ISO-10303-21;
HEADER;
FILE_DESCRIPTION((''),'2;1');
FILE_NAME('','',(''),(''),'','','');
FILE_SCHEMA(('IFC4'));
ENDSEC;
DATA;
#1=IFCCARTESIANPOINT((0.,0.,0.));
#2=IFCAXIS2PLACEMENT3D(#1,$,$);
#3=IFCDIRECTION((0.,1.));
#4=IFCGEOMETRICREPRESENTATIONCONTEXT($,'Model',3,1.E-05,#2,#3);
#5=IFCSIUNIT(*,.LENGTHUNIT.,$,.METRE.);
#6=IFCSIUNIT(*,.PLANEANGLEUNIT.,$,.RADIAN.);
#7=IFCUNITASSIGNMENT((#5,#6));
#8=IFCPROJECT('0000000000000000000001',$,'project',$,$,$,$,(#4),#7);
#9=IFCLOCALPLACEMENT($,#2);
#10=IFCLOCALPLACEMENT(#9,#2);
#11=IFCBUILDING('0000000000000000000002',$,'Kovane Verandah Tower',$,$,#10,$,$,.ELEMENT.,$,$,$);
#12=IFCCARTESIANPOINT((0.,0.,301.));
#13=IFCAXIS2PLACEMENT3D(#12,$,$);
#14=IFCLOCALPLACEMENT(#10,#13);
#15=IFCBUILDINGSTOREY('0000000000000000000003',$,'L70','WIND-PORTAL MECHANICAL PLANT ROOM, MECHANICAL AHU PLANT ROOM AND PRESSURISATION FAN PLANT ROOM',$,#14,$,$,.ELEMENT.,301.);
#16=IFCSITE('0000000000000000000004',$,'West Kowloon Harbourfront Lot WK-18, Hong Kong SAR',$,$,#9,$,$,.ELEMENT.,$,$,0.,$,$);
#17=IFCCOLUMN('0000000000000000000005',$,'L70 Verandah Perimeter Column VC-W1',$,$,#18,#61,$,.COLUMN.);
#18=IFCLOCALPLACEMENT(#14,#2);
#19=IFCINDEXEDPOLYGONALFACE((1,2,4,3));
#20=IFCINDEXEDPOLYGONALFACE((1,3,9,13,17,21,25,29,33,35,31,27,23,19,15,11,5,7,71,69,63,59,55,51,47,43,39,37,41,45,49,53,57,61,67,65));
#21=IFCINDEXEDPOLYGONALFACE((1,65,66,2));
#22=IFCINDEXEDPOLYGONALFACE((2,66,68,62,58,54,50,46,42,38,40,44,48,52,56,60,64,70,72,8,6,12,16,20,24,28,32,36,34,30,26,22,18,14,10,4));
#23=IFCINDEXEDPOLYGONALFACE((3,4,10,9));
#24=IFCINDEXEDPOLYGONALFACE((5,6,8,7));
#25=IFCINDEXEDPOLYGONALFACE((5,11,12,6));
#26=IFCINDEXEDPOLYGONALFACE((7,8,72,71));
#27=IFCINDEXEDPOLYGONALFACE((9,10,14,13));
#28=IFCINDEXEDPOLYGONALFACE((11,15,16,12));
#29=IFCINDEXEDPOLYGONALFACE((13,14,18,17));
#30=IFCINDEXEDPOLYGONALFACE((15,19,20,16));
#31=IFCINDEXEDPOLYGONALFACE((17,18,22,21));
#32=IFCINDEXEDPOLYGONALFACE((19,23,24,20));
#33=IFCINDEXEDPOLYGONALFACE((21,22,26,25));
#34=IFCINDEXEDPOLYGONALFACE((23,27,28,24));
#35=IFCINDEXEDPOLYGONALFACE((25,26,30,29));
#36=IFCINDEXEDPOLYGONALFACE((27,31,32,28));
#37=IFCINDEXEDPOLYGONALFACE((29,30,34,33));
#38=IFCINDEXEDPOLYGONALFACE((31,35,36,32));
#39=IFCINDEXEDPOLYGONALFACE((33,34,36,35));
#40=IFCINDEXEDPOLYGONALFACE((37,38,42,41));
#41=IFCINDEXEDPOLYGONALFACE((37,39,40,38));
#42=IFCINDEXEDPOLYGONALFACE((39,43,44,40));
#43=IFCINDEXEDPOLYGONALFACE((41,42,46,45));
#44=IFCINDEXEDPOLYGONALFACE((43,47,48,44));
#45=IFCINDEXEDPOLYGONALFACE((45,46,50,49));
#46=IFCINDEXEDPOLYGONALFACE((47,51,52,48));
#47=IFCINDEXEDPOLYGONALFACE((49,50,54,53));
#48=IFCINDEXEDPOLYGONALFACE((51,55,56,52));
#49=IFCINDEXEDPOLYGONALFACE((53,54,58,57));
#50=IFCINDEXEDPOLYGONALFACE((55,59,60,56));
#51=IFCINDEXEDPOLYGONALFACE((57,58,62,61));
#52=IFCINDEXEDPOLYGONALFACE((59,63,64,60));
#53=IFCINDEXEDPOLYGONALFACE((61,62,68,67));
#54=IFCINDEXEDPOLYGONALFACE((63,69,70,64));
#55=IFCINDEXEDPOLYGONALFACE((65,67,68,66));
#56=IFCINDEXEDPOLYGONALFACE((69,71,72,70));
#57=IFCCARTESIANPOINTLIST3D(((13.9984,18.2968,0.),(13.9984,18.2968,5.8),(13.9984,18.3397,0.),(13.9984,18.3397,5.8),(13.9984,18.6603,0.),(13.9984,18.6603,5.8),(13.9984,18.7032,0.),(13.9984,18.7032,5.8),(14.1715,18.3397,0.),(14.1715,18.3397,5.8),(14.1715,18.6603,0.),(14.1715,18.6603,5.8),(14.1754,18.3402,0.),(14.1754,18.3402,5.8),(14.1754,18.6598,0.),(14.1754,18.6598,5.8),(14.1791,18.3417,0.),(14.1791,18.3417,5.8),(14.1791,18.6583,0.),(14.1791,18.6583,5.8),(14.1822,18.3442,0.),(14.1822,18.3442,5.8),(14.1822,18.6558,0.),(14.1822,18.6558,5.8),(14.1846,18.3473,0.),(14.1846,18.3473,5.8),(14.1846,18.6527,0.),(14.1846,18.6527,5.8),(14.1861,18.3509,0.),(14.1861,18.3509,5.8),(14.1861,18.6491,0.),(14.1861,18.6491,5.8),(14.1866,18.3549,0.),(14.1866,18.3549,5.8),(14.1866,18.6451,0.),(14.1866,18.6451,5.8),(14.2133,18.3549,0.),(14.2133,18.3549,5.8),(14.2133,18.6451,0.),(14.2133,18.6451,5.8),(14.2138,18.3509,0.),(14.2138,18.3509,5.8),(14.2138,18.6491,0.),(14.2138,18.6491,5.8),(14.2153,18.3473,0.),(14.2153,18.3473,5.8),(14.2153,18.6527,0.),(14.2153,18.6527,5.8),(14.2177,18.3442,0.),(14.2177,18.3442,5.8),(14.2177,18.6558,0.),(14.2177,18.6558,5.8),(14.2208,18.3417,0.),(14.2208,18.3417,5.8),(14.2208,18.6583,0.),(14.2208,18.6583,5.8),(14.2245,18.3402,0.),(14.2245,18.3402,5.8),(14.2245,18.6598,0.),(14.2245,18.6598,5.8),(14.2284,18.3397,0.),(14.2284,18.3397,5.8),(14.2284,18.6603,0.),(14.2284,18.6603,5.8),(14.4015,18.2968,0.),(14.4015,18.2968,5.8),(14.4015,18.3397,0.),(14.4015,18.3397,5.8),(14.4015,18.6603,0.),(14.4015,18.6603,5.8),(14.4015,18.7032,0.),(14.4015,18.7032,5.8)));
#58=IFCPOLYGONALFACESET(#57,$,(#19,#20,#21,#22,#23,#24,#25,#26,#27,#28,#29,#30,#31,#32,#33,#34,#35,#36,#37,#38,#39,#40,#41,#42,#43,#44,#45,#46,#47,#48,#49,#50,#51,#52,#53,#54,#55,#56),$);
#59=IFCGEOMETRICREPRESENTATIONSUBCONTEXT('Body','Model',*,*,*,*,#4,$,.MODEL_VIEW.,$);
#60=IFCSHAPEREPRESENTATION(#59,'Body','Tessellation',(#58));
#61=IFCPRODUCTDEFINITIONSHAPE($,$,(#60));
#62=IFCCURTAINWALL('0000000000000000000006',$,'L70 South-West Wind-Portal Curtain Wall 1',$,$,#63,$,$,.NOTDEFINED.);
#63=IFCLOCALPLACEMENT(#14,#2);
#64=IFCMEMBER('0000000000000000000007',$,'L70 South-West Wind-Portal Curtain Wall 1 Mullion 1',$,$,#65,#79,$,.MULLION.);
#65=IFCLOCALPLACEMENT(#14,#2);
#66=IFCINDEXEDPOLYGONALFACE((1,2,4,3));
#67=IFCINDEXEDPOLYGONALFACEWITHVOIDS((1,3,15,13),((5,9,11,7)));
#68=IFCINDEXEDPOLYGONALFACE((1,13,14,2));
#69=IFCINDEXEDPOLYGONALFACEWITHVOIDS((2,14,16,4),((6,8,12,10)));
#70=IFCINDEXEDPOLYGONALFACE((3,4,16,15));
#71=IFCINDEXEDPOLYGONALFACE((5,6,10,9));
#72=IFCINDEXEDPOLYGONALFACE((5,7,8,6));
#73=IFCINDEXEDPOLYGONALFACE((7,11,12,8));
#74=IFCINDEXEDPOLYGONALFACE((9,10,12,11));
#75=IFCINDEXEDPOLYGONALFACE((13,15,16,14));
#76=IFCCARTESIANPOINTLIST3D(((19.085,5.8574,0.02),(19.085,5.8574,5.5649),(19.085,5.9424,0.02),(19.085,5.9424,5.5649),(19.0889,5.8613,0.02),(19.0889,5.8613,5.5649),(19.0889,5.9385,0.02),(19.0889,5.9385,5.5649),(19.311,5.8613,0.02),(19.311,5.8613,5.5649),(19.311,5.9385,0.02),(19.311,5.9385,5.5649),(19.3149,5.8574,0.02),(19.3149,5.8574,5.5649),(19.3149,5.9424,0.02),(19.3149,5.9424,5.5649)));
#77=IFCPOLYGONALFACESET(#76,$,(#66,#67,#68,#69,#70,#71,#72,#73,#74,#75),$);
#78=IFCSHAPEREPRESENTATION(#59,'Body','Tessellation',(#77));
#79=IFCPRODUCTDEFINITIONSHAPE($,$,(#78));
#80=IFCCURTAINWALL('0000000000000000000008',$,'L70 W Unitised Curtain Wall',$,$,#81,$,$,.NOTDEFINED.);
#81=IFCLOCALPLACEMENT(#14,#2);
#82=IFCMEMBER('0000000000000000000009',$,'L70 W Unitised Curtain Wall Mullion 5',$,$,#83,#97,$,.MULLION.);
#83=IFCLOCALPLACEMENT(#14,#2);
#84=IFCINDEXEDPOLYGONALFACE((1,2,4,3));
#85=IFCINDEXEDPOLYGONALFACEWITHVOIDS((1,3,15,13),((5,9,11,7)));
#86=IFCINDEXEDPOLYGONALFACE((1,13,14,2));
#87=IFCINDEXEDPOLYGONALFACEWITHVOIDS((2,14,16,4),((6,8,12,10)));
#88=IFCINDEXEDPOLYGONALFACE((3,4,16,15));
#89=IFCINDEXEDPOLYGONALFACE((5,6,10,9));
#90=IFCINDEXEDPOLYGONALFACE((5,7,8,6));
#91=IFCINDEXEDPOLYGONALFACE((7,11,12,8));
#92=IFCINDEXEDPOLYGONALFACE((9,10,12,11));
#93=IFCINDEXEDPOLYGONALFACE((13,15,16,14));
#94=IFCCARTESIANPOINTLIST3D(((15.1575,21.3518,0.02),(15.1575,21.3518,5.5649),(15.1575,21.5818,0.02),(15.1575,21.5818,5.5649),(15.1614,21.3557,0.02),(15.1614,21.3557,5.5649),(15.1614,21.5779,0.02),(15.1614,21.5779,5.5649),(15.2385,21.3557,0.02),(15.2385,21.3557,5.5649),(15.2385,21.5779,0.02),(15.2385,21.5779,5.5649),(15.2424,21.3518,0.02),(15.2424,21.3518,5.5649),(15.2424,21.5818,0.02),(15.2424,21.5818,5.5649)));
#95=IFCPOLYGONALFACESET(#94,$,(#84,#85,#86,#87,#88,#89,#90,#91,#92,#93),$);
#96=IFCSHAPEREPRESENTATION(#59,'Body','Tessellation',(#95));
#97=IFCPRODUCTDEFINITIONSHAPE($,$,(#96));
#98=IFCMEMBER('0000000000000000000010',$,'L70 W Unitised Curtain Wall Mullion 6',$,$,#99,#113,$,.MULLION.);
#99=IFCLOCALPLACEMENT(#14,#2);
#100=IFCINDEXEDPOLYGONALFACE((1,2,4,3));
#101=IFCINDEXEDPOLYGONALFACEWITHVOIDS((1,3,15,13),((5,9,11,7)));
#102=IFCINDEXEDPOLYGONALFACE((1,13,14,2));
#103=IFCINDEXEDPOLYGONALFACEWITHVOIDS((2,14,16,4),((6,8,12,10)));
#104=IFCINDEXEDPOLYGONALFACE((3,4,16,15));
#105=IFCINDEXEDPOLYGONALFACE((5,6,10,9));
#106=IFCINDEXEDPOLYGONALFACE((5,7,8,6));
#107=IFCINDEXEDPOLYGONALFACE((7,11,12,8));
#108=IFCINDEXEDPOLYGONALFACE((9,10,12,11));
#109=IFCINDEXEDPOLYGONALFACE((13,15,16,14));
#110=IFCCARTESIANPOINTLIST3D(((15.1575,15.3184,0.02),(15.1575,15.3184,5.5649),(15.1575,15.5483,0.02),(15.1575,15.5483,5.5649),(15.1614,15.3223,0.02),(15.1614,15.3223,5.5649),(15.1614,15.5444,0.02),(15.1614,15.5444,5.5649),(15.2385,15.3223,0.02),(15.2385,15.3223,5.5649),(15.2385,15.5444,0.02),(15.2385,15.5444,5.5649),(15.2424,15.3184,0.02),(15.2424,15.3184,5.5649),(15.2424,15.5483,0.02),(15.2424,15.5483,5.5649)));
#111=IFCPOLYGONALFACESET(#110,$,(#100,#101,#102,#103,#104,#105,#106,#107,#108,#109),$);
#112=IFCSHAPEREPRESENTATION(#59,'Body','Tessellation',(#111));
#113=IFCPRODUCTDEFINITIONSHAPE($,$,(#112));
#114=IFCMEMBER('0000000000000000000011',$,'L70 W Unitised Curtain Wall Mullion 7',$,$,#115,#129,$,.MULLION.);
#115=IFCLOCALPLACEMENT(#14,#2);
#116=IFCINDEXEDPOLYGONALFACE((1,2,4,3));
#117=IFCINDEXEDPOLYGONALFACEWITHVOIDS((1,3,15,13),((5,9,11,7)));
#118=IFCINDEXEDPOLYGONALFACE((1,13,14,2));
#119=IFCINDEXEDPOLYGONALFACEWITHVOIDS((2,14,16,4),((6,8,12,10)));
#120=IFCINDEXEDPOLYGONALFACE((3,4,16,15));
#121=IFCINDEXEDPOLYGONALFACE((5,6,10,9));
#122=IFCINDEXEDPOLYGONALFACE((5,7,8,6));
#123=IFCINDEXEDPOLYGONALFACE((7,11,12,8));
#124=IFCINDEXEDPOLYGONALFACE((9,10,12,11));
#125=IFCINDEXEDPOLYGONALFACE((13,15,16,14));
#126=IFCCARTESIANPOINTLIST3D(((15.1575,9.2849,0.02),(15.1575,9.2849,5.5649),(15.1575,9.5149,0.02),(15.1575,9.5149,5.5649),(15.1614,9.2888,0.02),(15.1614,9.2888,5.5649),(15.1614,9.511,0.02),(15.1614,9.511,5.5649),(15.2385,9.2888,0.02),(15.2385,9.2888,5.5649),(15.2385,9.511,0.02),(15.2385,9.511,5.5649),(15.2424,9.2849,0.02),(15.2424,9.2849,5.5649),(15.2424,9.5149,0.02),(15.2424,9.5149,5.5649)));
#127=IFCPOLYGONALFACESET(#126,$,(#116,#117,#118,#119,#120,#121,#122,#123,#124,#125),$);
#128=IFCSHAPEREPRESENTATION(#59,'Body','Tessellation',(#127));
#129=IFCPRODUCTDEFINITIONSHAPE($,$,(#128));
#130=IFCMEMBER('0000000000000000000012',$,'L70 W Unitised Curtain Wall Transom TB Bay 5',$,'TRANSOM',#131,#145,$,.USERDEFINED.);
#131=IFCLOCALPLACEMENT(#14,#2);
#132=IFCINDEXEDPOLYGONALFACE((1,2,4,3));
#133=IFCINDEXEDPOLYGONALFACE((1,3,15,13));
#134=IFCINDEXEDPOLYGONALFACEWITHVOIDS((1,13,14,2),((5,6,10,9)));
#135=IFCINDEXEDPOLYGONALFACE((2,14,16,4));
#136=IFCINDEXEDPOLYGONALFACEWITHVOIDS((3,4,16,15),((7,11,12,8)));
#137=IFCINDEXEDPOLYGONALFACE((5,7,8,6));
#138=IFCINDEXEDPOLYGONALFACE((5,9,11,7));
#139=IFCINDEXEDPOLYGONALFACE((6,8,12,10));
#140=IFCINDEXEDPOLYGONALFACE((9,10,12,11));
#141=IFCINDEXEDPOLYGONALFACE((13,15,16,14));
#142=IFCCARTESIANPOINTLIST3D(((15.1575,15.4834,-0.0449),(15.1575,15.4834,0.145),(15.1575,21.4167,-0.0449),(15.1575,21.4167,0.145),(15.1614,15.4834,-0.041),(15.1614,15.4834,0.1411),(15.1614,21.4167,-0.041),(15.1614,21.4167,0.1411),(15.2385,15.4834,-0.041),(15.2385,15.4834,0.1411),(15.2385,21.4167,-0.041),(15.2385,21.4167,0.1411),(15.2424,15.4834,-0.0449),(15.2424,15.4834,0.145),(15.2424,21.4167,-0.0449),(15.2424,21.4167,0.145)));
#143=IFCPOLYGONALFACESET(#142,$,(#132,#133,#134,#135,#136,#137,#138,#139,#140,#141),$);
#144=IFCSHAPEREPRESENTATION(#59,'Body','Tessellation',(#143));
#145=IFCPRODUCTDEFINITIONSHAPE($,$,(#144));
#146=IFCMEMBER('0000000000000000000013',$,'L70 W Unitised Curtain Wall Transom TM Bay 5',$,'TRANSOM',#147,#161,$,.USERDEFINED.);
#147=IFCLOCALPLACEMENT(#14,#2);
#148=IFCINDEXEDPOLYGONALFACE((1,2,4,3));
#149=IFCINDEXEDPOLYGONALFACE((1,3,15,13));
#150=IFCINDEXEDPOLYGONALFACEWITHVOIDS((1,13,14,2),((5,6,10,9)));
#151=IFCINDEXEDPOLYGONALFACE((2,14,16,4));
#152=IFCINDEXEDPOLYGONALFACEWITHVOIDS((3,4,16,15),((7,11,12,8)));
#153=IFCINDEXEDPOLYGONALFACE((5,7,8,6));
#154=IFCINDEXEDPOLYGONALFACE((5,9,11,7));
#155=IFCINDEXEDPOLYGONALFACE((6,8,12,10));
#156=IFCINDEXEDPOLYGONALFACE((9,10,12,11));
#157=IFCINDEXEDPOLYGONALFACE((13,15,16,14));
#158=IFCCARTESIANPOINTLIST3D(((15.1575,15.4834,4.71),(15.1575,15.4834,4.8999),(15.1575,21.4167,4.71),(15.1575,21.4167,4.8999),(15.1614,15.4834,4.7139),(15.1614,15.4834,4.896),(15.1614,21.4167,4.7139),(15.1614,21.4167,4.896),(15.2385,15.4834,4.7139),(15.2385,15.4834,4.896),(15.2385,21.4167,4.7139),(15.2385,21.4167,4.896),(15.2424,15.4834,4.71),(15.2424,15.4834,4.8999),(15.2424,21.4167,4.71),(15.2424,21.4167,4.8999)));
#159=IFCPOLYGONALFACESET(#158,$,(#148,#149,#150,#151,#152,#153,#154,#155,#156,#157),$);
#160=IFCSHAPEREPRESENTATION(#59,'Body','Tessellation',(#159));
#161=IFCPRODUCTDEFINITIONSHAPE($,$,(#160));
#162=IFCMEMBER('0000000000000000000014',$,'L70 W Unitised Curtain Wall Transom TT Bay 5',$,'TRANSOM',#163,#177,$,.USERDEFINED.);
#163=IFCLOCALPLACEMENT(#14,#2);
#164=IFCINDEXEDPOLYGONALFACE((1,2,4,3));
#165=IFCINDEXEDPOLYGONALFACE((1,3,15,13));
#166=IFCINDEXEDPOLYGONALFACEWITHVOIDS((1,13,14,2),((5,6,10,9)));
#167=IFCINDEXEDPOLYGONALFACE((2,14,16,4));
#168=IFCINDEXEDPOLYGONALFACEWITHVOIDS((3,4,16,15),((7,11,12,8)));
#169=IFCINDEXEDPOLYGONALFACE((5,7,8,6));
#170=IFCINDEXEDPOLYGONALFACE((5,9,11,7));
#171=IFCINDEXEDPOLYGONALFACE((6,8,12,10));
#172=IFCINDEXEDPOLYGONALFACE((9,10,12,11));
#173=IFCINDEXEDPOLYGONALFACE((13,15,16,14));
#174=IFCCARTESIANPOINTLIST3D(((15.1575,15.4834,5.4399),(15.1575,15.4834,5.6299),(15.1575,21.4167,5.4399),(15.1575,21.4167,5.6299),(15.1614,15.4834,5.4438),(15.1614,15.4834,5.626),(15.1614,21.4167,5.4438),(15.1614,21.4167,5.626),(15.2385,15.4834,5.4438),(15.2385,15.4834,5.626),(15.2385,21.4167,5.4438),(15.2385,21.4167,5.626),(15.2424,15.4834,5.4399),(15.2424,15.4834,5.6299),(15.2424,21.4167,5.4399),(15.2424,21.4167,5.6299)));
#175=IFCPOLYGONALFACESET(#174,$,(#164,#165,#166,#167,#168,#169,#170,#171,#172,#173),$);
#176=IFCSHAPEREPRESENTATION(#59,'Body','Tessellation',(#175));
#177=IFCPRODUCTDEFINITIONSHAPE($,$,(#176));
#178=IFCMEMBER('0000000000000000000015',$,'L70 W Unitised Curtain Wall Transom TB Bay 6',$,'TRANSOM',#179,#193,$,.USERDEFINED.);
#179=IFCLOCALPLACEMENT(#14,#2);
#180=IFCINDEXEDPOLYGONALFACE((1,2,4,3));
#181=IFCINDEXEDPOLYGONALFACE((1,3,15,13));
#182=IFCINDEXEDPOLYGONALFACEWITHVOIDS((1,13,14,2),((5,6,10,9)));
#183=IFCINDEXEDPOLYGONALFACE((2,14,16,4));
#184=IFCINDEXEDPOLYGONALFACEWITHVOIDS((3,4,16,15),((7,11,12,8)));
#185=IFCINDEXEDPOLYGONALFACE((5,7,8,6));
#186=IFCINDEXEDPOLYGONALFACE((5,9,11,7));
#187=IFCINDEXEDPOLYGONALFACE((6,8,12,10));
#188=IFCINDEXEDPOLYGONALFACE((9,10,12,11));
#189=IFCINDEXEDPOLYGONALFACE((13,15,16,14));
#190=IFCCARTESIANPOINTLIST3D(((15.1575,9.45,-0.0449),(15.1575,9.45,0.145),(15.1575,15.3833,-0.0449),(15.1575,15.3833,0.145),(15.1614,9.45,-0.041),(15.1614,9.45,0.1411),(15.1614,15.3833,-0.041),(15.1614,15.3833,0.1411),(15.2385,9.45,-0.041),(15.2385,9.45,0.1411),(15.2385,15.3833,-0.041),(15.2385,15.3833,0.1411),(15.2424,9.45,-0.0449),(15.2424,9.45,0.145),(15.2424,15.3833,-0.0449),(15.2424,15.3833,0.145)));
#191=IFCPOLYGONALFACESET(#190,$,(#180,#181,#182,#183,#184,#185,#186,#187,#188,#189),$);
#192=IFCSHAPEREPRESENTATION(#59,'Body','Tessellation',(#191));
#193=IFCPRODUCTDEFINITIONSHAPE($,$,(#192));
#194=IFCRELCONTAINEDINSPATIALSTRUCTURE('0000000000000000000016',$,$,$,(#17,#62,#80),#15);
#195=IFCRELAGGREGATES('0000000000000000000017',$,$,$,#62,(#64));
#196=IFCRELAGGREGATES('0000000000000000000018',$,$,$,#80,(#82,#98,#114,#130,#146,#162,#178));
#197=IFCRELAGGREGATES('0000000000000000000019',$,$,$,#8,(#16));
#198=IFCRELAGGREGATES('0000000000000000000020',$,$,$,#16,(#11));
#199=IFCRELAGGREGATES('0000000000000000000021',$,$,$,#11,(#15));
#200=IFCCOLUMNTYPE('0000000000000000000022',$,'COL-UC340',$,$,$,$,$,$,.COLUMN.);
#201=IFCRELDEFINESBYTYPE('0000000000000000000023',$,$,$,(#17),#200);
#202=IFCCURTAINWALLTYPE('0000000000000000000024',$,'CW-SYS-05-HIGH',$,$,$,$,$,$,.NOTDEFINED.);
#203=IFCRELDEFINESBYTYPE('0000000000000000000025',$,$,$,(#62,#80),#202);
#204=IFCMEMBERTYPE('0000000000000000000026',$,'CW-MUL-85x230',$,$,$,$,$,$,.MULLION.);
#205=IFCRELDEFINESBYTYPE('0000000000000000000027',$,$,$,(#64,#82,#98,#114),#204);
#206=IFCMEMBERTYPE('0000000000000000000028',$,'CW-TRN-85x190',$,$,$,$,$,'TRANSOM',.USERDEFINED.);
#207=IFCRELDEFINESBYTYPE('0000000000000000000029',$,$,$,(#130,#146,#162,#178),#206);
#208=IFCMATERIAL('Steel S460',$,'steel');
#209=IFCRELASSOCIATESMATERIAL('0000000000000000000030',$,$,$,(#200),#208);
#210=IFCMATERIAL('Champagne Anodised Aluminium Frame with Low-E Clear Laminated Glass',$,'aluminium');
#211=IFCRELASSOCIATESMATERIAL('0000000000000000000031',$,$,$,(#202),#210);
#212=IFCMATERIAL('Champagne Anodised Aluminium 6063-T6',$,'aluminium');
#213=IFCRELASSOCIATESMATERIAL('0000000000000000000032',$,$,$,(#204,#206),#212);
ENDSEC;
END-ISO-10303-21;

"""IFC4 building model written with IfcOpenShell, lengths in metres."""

from ifc_helpers import new_model, si_unit, direction, frame, origin, origin_2d, place, context, subcontext, project, spatial, hollow_rectangle, i_section, extrude, material, material_profile, profile_set, type_object, element, aggregate, save


model = new_model("IFC4")

# Units and contexts
model_context = context("Model", 3, precision=1e-05, world=origin(), true_north=direction((0.0, 1.0)))
body_context = subcontext(model_context, "Body", "Model", "MODEL_VIEW")
ifc_project = project(units=[si_unit("LENGTHUNIT", "METRE"), si_unit("PLANEANGLEUNIT", "RADIAN")], contexts=[model_context])

# Site, building, storey
site_placement = place(None, origin())
site = spatial("IfcSite", under=ifc_project, at=site_placement, Name="West Kowloon Harbourfront Lot WK-18, Hong Kong SAR", CompositionType="ELEMENT", RefElevation=0.0)
building_placement = place(site_placement, origin())
building = spatial("IfcBuilding", under=site, at=building_placement, Name="Kovane Verandah Tower", CompositionType="ELEMENT")
storey_placement = place(building_placement, frame((0.0, 0.0, 301.0)))
storey = spatial("IfcBuildingStorey", under=building, at=storey_placement, Name="L70", Description="WIND-PORTAL MECHANICAL PLANT ROOM, MECHANICAL AHU PLANT ROOM AND PRESSURISATION FAN PLANT ROOM", CompositionType="ELEMENT", Elevation=301.0)

# Column
ifc_material_1 = material(Name="Steel S460", Category="steel")
ifc_material_profile_1 = material_profile(ifc_material_1, i_section(OverallWidth=0.4031, OverallDepth=0.4065, WebThickness=0.0266, FlangeThickness=0.043, FilletRadius=0.0151, at=origin_2d()), Name="UC356x406x340")
ifc_profile_set_1 = profile_set([ifc_material_profile_1], Name="Steel S460")
column_type = type_object("IfcColumnType", Name="COL-UC340", PredefinedType="COLUMN", material=ifc_profile_set_1)
column_placement = place(storey_placement, frame((14.2, 18.5, 0.0), z_axis=(0.0, 0.0, 1.0), x_axis=(1.0, 0.0, 0.0)))
element("IfcColumn", 1, at=column_placement, inside=storey, type_object=column_type, Name="L70 Verandah Perimeter Column VC-W1", PredefinedType="COLUMN", context=body_context, shape_type="SweptSolid", body=[
    extrude(i_section(OverallWidth=0.4031, OverallDepth=0.4065, WebThickness=0.0266, FlangeThickness=0.043, FilletRadius=0.0151, at=origin_2d()), origin(), (0.0, 0.0, 1.0), 5.8),
])

# Curtain wall, member
ifc_material_2 = material(Name="Champagne Anodised Aluminium Frame with Low-E Clear Laminated Glass", Category="aluminium")
curtain_wall_type = type_object("IfcCurtainWallType", Name="CW-SYS-05-HIGH", PredefinedType="NOTDEFINED", material=ifc_material_2)
curtain_wall_1_placement = place(storey_placement, origin())
curtain_wall_1 = element("IfcCurtainWall", 2, at=curtain_wall_1_placement, inside=storey, type_object=curtain_wall_type, Name="L70 South-West Wind-Portal Curtain Wall 1", PredefinedType="NOTDEFINED")
ifc_material_3 = material(Name="Champagne Anodised Aluminium 6063-T6", Category="aluminium")
ifc_material_profile_2 = material_profile(ifc_material_3, hollow_rectangle(XDim=0.085, YDim=0.23, WallThickness=0.0039, at=origin_2d()), Name="AL85x230x4")
ifc_profile_set_2 = profile_set([ifc_material_profile_2], Name="Champagne Anodised Aluminium 6063-T6")
member_type_1 = type_object("IfcMemberType", Name="CW-MUL-85x230", PredefinedType="MULLION", material=ifc_profile_set_2)
member_1_placement = place(storey_placement, frame((19.2, 5.8999, 0.02), z_axis=(0.0, 0.0, 1.0), x_axis=(0.0, -1.0, 0.0)))
member_1 = element("IfcMember", 3, at=member_1_placement, type_object=member_type_1, Name="L70 South-West Wind-Portal Curtain Wall 1 Mullion 1", PredefinedType="MULLION", context=body_context, shape_type="SweptSolid", body=[
    extrude(hollow_rectangle(XDim=0.085, YDim=0.23, WallThickness=0.0039, at=origin_2d()), origin(), (0.0, 0.0, 1.0), 5.5449),
])
aggregate(curtain_wall_1, [member_1])

# Curtain wall, members
curtain_wall_2_placement = place(storey_placement, origin())
curtain_wall_2 = element("IfcCurtainWall", 4, at=curtain_wall_2_placement, inside=storey, type_object=curtain_wall_type, Name="L70 W Unitised Curtain Wall", PredefinedType="NOTDEFINED")
member_2_placement = place(storey_placement, frame((15.2, 21.4668, 0.02), z_axis=(0.0, 0.0, 1.0), x_axis=(-1.0, 0.0, 0.0)))
member_2 = element("IfcMember", 5, at=member_2_placement, type_object=member_type_1, Name="L70 W Unitised Curtain Wall Mullion 5", PredefinedType="MULLION", context=body_context, shape_type="SweptSolid", body=[
    extrude(hollow_rectangle(XDim=0.085, YDim=0.23, WallThickness=0.0039, at=origin_2d()), origin(), (0.0, 0.0, 1.0), 5.5449),
])
member_3_placement = place(storey_placement, frame((15.2, 15.4333, 0.02), z_axis=(0.0, 0.0, 1.0), x_axis=(-1.0, 0.0, 0.0)))
member_3 = element("IfcMember", 6, at=member_3_placement, type_object=member_type_1, Name="L70 W Unitised Curtain Wall Mullion 6", PredefinedType="MULLION", context=body_context, shape_type="SweptSolid", body=[
    extrude(hollow_rectangle(XDim=0.085, YDim=0.23, WallThickness=0.0039, at=origin_2d()), origin(), (0.0, 0.0, 1.0), 5.5449),
])
member_4_placement = place(storey_placement, frame((15.2, 9.3999, 0.02), z_axis=(0.0, 0.0, 1.0), x_axis=(-1.0, 0.0, 0.0)))
member_4 = element("IfcMember", 7, at=member_4_placement, type_object=member_type_1, Name="L70 W Unitised Curtain Wall Mullion 7", PredefinedType="MULLION", context=body_context, shape_type="SweptSolid", body=[
    extrude(hollow_rectangle(XDim=0.085, YDim=0.23, WallThickness=0.0039, at=origin_2d()), origin(), (0.0, 0.0, 1.0), 5.5449),
])
ifc_material_profile_3 = material_profile(ifc_material_3, hollow_rectangle(XDim=0.085, YDim=0.1899, WallThickness=0.0039, at=origin_2d()), Name="AL85x190x4")
ifc_profile_set_3 = profile_set([ifc_material_profile_3], Name="Champagne Anodised Aluminium 6063-T6")
member_type_2 = type_object("IfcMemberType", Name="CW-TRN-85x190", ElementType="TRANSOM", PredefinedType="USERDEFINED", material=ifc_profile_set_3)
member_5_placement = place(storey_placement, frame((15.2, 21.4167, 0.05), z_axis=(0.0, -1.0, 0.0), x_axis=(1.0, 0.0, 0.0)))
member_5 = element("IfcMember", 8, at=member_5_placement, type_object=member_type_2, Name="L70 W Unitised Curtain Wall Transom TB Bay 5", ObjectType="TRANSOM", PredefinedType="USERDEFINED", context=body_context, shape_type="SweptSolid", body=[
    extrude(hollow_rectangle(XDim=0.085, YDim=0.1899, WallThickness=0.0039, at=origin_2d()), origin(), (0.0, 0.0, 1.0), 5.9333),
])
member_6_placement = place(storey_placement, frame((15.2, 21.4167, 4.8049), z_axis=(0.0, -1.0, 0.0), x_axis=(1.0, 0.0, 0.0)))
member_6 = element("IfcMember", 9, at=member_6_placement, type_object=member_type_2, Name="L70 W Unitised Curtain Wall Transom TM Bay 5", ObjectType="TRANSOM", PredefinedType="USERDEFINED", context=body_context, shape_type="SweptSolid", body=[
    extrude(hollow_rectangle(XDim=0.085, YDim=0.1899, WallThickness=0.0039, at=origin_2d()), origin(), (0.0, 0.0, 1.0), 5.9333),
])
member_7_placement = place(storey_placement, frame((15.2, 21.4167, 5.5349), z_axis=(0.0, -1.0, 0.0), x_axis=(1.0, 0.0, 0.0)))
member_7 = element("IfcMember", 10, at=member_7_placement, type_object=member_type_2, Name="L70 W Unitised Curtain Wall Transom TT Bay 5", ObjectType="TRANSOM", PredefinedType="USERDEFINED", context=body_context, shape_type="SweptSolid", body=[
    extrude(hollow_rectangle(XDim=0.085, YDim=0.1899, WallThickness=0.0039, at=origin_2d()), origin(), (0.0, 0.0, 1.0), 5.9333),
])
member_8_placement = place(storey_placement, frame((15.2, 15.3833, 0.05), z_axis=(0.0, -1.0, 0.0), x_axis=(1.0, 0.0, 0.0)))
member_8 = element("IfcMember", 11, at=member_8_placement, type_object=member_type_2, Name="L70 W Unitised Curtain Wall Transom TB Bay 6", ObjectType="TRANSOM", PredefinedType="USERDEFINED", context=body_context, shape_type="SweptSolid", body=[
    extrude(hollow_rectangle(XDim=0.085, YDim=0.1899, WallThickness=0.0039, at=origin_2d()), origin(), (0.0, 0.0, 1.0), 5.9333),
])

aggregate(curtain_wall_2, [member_2, member_3, member_4, member_5, member_6, member_7, member_8])

save(model, "model.ifc")
